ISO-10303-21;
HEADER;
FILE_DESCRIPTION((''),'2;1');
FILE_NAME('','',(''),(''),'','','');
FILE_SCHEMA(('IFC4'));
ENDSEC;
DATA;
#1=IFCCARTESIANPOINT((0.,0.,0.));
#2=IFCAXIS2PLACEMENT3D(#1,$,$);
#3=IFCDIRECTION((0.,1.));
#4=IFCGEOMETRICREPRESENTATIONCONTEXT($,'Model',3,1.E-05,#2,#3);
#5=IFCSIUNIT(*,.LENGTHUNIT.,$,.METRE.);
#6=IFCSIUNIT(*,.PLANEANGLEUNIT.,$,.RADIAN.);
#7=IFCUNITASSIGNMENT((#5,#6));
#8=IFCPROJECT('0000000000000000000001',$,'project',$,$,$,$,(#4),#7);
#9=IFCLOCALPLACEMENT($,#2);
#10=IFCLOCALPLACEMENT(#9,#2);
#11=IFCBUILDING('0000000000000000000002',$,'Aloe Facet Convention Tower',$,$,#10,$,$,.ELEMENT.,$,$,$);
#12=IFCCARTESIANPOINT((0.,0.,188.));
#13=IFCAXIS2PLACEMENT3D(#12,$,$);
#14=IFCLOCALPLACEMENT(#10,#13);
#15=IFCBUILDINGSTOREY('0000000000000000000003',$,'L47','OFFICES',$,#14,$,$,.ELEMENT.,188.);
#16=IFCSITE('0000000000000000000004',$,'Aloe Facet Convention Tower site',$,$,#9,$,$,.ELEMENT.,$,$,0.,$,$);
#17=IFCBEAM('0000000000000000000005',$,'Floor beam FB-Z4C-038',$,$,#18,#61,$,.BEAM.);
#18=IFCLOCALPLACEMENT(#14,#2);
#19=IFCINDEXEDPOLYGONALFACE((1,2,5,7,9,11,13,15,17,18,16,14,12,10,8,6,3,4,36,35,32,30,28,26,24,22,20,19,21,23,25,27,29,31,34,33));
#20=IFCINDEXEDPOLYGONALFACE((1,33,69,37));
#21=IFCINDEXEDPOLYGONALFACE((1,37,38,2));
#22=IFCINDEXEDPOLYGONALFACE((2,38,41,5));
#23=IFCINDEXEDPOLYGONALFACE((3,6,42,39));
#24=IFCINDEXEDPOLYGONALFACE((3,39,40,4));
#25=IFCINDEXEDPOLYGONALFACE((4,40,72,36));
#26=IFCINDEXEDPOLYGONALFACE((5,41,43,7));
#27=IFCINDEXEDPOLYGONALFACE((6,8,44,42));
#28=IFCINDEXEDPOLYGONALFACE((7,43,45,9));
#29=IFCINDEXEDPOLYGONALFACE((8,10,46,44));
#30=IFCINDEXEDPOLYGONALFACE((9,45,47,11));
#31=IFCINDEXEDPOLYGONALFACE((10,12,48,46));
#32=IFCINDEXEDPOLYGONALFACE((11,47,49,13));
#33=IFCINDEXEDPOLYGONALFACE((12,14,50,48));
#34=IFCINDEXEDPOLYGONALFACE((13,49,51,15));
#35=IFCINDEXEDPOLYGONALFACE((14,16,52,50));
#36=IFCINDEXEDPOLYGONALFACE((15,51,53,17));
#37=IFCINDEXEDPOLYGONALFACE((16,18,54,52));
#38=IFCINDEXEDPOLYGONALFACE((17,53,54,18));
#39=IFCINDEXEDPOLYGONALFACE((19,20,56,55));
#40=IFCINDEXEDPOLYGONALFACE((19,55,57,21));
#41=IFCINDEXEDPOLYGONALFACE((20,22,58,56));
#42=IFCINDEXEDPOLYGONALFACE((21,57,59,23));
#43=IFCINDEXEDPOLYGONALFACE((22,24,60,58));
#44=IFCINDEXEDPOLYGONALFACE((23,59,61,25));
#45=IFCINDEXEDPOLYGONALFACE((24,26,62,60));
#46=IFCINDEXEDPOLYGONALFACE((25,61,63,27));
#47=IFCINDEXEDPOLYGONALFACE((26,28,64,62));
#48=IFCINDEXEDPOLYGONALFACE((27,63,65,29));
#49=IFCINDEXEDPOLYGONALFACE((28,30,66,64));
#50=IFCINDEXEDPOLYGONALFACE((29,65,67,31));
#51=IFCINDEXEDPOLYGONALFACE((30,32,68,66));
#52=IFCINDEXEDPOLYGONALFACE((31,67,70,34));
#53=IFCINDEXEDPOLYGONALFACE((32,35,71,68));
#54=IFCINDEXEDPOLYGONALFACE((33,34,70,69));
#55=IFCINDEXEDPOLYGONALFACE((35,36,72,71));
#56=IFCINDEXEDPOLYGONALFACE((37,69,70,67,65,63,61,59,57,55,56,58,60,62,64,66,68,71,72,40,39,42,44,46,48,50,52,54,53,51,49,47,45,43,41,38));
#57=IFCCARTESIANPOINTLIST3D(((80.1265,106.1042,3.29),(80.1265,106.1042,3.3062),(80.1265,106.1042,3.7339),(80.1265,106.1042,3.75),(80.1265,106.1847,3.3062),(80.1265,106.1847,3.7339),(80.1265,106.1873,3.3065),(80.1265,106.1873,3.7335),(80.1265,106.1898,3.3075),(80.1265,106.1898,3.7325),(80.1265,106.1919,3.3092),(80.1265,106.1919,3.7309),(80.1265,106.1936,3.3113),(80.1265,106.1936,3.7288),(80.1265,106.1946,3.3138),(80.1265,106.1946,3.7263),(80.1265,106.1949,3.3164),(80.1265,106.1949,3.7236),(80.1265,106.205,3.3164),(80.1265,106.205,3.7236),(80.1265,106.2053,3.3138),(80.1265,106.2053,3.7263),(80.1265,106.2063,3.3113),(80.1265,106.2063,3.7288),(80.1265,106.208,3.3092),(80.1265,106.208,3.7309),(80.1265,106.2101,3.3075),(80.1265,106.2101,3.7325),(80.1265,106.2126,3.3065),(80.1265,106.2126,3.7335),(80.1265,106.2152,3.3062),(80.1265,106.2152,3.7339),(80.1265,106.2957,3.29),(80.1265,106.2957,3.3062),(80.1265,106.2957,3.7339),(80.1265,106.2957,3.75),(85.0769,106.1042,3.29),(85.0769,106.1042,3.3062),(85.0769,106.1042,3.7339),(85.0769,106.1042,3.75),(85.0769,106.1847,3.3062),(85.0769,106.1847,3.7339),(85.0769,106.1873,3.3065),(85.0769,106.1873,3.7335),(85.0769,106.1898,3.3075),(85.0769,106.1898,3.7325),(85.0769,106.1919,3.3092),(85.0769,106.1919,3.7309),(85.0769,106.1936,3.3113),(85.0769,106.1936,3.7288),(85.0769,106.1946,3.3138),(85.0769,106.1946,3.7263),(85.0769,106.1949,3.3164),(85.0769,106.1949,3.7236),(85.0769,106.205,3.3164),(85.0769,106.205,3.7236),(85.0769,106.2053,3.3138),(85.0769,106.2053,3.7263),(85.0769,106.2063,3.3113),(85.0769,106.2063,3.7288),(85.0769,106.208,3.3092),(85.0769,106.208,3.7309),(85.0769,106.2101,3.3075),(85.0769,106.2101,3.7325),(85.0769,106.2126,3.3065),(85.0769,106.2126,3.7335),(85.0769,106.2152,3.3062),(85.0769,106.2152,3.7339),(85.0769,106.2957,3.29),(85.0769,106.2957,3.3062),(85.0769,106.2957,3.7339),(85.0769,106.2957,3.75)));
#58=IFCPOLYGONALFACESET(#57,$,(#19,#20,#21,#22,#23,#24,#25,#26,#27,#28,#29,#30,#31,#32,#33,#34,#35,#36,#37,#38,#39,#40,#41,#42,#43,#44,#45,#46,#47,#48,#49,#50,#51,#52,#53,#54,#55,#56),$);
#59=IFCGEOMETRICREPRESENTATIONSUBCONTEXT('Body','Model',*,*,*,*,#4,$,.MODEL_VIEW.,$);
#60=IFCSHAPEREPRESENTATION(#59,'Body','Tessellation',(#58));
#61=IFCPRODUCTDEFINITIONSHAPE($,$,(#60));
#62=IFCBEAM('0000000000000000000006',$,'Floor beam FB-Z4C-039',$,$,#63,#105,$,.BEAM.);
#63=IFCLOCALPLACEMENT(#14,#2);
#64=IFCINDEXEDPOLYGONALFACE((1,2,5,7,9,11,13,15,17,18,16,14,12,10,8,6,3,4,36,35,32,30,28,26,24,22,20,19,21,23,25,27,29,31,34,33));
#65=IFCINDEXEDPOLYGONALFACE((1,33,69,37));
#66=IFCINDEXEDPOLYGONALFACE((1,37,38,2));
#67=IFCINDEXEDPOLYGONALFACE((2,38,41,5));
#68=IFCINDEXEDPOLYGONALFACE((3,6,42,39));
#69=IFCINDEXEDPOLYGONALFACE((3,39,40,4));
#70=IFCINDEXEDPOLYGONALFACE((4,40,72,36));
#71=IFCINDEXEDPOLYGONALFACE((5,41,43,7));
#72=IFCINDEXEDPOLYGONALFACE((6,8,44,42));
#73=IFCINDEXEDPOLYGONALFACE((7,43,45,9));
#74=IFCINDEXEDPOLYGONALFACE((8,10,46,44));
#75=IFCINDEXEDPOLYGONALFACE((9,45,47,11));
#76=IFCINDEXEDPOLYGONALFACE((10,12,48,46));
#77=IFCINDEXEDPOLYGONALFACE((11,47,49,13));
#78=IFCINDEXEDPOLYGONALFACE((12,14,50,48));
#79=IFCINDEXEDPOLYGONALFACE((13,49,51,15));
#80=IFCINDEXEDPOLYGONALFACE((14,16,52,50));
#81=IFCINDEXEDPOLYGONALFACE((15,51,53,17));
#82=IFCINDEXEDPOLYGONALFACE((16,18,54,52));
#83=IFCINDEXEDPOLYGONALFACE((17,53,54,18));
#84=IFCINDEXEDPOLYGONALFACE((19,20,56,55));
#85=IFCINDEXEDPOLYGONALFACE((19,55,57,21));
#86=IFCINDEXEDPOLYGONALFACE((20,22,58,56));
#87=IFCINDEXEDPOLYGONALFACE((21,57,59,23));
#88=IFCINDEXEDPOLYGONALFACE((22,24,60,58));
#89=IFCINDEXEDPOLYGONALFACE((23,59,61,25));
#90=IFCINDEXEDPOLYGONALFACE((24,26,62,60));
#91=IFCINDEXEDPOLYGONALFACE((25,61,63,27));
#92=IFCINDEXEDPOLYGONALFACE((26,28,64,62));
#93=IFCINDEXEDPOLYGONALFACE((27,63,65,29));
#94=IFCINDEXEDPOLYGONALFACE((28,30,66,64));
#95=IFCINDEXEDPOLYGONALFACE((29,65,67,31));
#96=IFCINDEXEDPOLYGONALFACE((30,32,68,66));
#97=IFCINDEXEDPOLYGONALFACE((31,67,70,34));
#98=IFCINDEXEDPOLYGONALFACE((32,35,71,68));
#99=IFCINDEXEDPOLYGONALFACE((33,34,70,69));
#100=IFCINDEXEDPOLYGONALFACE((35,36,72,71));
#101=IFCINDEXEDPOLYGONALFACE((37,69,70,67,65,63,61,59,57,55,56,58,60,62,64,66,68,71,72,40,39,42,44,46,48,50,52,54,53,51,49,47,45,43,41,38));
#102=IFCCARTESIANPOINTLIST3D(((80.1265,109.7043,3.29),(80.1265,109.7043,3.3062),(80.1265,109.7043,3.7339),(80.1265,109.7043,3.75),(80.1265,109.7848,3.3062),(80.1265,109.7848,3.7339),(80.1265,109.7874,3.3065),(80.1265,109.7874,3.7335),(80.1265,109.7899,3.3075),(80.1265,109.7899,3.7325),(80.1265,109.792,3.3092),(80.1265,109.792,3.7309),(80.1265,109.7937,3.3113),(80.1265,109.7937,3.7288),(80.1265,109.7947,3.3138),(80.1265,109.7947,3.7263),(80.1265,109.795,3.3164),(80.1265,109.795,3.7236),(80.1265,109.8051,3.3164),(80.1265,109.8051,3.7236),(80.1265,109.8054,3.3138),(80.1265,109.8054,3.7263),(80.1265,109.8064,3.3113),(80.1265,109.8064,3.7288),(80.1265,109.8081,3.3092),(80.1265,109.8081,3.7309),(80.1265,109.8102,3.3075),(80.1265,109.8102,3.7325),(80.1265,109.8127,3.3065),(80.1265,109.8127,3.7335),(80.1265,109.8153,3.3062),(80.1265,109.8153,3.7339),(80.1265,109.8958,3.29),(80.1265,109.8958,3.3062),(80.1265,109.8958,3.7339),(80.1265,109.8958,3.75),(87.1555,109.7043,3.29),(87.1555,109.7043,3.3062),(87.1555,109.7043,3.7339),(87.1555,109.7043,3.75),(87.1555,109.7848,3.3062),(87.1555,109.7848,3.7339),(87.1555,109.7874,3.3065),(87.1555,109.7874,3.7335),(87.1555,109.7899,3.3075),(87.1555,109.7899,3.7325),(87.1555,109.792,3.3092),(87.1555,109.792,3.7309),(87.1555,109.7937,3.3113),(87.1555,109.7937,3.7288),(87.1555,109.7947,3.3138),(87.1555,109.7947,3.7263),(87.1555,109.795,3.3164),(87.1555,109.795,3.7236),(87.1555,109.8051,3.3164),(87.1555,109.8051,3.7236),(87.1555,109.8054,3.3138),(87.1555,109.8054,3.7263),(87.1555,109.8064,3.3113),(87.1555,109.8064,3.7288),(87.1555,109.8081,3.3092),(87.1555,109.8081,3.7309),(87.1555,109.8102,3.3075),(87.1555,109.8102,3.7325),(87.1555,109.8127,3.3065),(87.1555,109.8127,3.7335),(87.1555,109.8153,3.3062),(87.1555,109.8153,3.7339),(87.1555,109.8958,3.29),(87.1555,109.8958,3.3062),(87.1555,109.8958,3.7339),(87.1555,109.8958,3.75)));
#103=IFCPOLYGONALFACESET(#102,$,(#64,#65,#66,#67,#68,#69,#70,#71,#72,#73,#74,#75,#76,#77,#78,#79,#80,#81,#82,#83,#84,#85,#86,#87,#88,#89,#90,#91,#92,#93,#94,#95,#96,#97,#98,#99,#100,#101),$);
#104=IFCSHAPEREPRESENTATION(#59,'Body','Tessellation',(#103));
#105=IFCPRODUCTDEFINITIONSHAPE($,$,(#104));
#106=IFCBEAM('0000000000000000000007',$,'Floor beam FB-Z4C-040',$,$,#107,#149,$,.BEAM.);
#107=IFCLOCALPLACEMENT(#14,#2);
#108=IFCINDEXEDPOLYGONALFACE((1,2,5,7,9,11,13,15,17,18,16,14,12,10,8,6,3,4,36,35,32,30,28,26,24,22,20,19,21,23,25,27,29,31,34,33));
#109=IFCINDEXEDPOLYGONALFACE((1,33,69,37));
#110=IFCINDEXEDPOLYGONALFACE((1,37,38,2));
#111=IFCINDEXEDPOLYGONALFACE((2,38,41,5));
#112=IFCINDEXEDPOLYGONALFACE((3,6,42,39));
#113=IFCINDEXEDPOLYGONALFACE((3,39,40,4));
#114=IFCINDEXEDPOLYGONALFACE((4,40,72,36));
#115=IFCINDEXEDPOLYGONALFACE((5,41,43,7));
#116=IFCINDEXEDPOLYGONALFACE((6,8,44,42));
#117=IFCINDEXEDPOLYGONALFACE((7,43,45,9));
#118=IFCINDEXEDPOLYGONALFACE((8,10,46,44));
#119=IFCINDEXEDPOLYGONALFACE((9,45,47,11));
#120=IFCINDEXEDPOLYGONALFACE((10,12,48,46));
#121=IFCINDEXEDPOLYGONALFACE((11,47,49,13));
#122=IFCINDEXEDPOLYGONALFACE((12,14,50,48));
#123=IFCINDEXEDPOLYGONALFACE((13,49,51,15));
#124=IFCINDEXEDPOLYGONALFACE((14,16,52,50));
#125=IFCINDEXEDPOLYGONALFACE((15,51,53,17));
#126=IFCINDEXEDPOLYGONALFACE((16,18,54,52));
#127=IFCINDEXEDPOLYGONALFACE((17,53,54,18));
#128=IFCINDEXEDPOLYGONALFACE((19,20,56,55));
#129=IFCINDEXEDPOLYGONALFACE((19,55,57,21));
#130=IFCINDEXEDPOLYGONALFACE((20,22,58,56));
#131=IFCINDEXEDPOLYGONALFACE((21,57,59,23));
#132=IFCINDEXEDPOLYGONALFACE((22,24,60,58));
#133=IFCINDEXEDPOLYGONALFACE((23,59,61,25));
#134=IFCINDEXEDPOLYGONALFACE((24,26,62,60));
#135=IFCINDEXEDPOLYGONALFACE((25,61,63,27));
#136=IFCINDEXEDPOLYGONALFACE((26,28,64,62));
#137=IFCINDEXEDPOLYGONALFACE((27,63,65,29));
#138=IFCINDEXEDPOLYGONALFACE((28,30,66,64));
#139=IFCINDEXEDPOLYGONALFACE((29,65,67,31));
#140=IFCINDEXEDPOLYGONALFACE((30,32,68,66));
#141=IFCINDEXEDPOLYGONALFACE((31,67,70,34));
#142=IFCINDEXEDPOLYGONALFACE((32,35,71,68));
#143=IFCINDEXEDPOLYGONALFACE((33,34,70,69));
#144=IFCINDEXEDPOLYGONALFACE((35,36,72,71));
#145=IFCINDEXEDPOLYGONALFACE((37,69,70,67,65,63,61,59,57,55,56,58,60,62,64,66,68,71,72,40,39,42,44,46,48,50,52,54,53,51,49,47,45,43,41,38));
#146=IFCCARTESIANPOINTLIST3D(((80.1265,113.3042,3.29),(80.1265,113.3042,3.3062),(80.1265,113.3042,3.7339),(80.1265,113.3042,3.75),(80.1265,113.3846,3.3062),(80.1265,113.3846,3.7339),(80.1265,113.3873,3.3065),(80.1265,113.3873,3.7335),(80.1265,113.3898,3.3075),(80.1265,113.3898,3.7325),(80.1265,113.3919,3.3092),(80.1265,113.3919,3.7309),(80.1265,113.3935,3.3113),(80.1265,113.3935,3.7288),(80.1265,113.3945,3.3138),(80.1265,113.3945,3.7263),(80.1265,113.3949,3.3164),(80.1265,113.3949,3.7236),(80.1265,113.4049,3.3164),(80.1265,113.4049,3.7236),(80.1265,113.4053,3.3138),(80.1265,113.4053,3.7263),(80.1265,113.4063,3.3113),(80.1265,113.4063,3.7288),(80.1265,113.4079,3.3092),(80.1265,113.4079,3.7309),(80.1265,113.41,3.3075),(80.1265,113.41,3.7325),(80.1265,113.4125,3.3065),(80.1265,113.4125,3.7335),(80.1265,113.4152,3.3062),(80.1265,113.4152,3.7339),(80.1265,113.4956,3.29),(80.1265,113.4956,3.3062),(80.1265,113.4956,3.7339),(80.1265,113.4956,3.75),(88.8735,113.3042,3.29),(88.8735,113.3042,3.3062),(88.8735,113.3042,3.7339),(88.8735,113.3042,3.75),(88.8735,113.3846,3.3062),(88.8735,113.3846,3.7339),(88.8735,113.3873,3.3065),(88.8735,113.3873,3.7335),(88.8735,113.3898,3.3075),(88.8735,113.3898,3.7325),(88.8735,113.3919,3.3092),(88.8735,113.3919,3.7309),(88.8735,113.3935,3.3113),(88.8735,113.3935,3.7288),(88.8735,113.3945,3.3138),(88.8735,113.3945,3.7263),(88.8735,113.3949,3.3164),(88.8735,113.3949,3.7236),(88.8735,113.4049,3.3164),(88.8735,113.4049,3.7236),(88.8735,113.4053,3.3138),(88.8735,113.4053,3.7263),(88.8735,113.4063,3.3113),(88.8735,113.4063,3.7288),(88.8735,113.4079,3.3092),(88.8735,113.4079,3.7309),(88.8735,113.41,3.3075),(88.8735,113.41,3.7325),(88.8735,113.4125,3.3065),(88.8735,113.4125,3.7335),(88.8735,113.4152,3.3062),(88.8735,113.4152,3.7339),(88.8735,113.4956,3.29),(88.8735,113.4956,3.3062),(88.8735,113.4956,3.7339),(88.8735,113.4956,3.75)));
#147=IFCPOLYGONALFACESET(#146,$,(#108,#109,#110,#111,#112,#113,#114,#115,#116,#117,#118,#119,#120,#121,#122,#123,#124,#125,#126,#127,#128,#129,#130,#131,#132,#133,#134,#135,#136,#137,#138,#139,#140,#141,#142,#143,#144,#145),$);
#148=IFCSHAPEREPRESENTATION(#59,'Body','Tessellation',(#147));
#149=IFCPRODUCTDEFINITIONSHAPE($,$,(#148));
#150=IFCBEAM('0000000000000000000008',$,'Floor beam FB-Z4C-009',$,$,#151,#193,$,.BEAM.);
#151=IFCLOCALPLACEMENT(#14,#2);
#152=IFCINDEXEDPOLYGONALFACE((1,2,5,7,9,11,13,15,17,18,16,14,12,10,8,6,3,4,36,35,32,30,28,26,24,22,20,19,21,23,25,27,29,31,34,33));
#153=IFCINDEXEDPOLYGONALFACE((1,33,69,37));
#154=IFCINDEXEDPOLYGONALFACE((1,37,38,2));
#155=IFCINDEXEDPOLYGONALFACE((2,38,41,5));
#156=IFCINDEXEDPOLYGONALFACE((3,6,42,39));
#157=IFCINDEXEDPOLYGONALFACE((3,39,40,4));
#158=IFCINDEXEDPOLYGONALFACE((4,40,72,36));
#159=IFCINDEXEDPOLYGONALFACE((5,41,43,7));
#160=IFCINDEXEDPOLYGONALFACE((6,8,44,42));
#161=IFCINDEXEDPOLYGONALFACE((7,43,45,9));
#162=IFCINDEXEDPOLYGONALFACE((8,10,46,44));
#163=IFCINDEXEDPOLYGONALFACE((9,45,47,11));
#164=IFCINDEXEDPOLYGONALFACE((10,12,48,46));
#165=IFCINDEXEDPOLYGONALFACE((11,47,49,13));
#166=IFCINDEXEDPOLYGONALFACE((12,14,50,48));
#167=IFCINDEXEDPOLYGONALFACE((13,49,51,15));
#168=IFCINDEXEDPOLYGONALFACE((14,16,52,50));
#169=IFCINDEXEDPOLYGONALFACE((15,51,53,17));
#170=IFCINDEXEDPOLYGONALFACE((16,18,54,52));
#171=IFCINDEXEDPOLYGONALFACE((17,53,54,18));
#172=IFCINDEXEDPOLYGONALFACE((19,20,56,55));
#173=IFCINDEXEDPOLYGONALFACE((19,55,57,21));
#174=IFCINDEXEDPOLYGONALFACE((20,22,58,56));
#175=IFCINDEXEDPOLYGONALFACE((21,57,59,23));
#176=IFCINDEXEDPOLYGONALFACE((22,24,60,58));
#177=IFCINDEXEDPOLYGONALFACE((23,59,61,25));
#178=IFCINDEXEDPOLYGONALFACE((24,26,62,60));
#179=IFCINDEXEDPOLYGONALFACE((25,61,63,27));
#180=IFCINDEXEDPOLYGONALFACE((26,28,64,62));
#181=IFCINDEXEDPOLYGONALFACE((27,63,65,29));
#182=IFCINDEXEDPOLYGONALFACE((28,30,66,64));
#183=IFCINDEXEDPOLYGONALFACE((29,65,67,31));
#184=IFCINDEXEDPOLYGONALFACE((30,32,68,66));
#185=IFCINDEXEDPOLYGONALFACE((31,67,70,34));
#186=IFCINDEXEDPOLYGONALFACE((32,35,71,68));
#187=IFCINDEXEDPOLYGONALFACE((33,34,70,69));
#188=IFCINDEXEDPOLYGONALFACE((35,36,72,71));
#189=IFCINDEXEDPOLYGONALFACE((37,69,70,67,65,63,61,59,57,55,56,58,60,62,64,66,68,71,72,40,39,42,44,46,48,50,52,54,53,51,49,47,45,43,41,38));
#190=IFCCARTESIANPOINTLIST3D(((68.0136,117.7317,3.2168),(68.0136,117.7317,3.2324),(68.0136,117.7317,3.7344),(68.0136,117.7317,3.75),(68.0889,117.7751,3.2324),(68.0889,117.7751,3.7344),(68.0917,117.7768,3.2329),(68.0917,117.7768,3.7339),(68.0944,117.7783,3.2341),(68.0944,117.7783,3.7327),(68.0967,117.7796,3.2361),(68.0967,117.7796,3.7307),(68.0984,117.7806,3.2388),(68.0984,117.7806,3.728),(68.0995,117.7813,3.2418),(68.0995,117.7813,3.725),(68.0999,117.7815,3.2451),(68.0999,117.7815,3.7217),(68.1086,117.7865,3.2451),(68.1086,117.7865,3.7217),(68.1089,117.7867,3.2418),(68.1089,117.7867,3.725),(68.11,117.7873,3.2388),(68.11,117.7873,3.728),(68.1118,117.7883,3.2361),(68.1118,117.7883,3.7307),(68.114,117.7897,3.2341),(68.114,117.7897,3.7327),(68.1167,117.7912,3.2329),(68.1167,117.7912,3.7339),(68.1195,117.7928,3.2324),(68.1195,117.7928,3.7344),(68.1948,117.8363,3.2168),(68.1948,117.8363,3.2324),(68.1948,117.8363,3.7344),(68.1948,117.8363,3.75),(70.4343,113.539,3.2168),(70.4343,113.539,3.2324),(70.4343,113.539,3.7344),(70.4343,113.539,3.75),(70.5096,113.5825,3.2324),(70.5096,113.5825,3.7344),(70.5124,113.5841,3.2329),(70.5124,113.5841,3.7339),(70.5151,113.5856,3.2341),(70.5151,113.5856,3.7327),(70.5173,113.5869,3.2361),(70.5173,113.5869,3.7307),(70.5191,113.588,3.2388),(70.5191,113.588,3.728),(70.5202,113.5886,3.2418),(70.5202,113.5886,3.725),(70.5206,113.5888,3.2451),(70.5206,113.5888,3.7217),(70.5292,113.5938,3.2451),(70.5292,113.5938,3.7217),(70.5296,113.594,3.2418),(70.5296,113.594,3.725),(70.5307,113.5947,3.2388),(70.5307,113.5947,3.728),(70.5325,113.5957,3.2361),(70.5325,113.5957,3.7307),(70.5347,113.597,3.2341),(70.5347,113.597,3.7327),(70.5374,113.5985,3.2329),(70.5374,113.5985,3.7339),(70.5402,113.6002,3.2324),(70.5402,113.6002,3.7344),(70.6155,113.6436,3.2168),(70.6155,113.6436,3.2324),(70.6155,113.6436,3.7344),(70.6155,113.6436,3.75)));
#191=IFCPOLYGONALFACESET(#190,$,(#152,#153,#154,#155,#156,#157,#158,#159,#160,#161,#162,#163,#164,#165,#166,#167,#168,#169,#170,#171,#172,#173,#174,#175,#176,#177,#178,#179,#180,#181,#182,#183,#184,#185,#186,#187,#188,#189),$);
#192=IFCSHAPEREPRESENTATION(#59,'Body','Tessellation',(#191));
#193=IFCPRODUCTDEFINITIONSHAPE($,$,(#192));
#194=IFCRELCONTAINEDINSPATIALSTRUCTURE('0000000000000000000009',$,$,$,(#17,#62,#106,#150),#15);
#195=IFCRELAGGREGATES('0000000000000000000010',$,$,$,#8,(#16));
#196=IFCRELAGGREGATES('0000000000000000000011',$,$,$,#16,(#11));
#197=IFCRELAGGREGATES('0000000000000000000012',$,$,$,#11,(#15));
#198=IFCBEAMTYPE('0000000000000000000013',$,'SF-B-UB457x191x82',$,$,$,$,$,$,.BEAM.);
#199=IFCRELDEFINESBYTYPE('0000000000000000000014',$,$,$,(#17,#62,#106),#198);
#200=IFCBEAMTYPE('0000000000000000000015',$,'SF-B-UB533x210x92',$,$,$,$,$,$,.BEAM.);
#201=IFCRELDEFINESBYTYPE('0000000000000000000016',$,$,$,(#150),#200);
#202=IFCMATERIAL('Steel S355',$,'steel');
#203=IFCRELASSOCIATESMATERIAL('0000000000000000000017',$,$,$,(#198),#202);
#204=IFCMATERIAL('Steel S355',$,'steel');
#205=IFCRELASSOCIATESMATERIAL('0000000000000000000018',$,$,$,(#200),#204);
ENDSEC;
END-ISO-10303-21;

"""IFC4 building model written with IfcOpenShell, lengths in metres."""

from ifc_helpers import new_model, si_unit, direction, frame, origin, origin_2d, place, context, subcontext, project, spatial, i_section, extrude, material, material_profile, profile_set, type_object, element, save


model = new_model("IFC4")

# Units and contexts
model_context = context("Model", 3, precision=1e-05, world=origin(), true_north=direction((0.0, 1.0)))
body_context = subcontext(model_context, "Body", "Model", "MODEL_VIEW")
ifc_project = project(units=[si_unit("LENGTHUNIT", "METRE"), si_unit("PLANEANGLEUNIT", "RADIAN")], contexts=[model_context])

# Site, building, storey
site_placement = place(None, origin())
site = spatial("IfcSite", under=ifc_project, at=site_placement, Name="Aloe Facet Convention Tower site", CompositionType="ELEMENT", RefElevation=0.0)
building_placement = place(site_placement, origin())
building = spatial("IfcBuilding", under=site, at=building_placement, Name="Aloe Facet Convention Tower", CompositionType="ELEMENT")
storey_placement = place(building_placement, frame((0.0, 0.0, 188.0)))
storey = spatial("IfcBuildingStorey", under=building, at=storey_placement, Name="L47", Description="OFFICES", CompositionType="ELEMENT", Elevation=188.0)

# Beams
ifc_material_1 = material(Name="Steel S355", Category="steel")
ifc_material_profile_1 = material_profile(ifc_material_1, i_section(OverallWidth=0.1914, OverallDepth=0.46, WebThickness=0.01, FlangeThickness=0.0161, FilletRadius=0.0103, at=origin_2d()), Name="UB 457x191x82")
ifc_profile_set_1 = profile_set([ifc_material_profile_1], Name="Steel S355")
beam_type_1 = type_object("IfcBeamType", Name="SF-B-UB457x191x82", PredefinedType="BEAM", material=ifc_profile_set_1)
for number, where, z_axis, x_axis, name in (
    (1, (80.1265, 106.2, 3.52), (1.0, 0.0, 0.0), (0.0, 1.0, 0.0), "Floor beam FB-Z4C-038"),
):
    element("IfcBeam", number, at=place(storey_placement, frame(where, z_axis=z_axis, x_axis=x_axis)), inside=storey, type_object=beam_type_1, Name=name, PredefinedType="BEAM", context=body_context, shape_type="SweptSolid", body=[
        extrude(i_section(OverallWidth=0.1914, OverallDepth=0.46, WebThickness=0.01, FlangeThickness=0.0161, FilletRadius=0.0103, at=origin_2d()), origin(), (0.0, 0.0, 1.0), 4.9504),
    ])
beam_1_placement = place(storey_placement, frame((80.1265, 109.8, 3.52), z_axis=(1.0, 0.0, 0.0), x_axis=(0.0, 1.0, 0.0)))
element("IfcBeam", 2, at=beam_1_placement, inside=storey, type_object=beam_type_1, Name="Floor beam FB-Z4C-039", PredefinedType="BEAM", context=body_context, shape_type="SweptSolid", body=[
    extrude(i_section(OverallWidth=0.1914, OverallDepth=0.46, WebThickness=0.01, FlangeThickness=0.0161, FilletRadius=0.0103, at=origin_2d()), origin(), (0.0, 0.0, 1.0), 7.0291),
])
beam_2_placement = place(storey_placement, frame((80.1265, 113.3999, 3.52), z_axis=(1.0, 0.0, 0.0), x_axis=(0.0, 1.0, 0.0)))
element("IfcBeam", 3, at=beam_2_placement, inside=storey, type_object=beam_type_1, Name="Floor beam FB-Z4C-040", PredefinedType="BEAM", context=body_context, shape_type="SweptSolid", body=[
    extrude(i_section(OverallWidth=0.1914, OverallDepth=0.46, WebThickness=0.01, FlangeThickness=0.0161, FilletRadius=0.0103, at=origin_2d()), origin(), (0.0, 0.0, 1.0), 8.7471),
])
ifc_material_2 = material(Name="Steel S355", Category="steel")
ifc_material_profile_2 = material_profile(ifc_material_2, i_section(OverallWidth=0.2092, OverallDepth=0.5332, WebThickness=0.01, FlangeThickness=0.0156, FilletRadius=0.0127, at=origin_2d()), Name="UB 533x210x92")
ifc_profile_set_2 = profile_set([ifc_material_profile_2], Name="Steel S355")
beam_type_2 = type_object("IfcBeamType", Name="SF-B-UB533x210x92", PredefinedType="BEAM", material=ifc_profile_set_2)
beam_3_placement = place(storey_placement, frame((70.5249, 113.5913, 3.4834), z_axis=(-0.500006, 0.866022, 0.0), x_axis=(-0.866022, -0.500006, 0.0)))
element("IfcBeam", 4, at=beam_3_placement, inside=storey, type_object=beam_type_2, Name="Floor beam FB-Z4C-009", PredefinedType="BEAM", context=body_context, shape_type="SweptSolid", body=[
    extrude(i_section(OverallWidth=0.2092, OverallDepth=0.5332, WebThickness=0.01, FlangeThickness=0.0156, FilletRadius=0.0127, at=origin_2d()), origin(), (0.0, 0.0, 1.0), 4.8413),
])

save(model, "model.ifc")
